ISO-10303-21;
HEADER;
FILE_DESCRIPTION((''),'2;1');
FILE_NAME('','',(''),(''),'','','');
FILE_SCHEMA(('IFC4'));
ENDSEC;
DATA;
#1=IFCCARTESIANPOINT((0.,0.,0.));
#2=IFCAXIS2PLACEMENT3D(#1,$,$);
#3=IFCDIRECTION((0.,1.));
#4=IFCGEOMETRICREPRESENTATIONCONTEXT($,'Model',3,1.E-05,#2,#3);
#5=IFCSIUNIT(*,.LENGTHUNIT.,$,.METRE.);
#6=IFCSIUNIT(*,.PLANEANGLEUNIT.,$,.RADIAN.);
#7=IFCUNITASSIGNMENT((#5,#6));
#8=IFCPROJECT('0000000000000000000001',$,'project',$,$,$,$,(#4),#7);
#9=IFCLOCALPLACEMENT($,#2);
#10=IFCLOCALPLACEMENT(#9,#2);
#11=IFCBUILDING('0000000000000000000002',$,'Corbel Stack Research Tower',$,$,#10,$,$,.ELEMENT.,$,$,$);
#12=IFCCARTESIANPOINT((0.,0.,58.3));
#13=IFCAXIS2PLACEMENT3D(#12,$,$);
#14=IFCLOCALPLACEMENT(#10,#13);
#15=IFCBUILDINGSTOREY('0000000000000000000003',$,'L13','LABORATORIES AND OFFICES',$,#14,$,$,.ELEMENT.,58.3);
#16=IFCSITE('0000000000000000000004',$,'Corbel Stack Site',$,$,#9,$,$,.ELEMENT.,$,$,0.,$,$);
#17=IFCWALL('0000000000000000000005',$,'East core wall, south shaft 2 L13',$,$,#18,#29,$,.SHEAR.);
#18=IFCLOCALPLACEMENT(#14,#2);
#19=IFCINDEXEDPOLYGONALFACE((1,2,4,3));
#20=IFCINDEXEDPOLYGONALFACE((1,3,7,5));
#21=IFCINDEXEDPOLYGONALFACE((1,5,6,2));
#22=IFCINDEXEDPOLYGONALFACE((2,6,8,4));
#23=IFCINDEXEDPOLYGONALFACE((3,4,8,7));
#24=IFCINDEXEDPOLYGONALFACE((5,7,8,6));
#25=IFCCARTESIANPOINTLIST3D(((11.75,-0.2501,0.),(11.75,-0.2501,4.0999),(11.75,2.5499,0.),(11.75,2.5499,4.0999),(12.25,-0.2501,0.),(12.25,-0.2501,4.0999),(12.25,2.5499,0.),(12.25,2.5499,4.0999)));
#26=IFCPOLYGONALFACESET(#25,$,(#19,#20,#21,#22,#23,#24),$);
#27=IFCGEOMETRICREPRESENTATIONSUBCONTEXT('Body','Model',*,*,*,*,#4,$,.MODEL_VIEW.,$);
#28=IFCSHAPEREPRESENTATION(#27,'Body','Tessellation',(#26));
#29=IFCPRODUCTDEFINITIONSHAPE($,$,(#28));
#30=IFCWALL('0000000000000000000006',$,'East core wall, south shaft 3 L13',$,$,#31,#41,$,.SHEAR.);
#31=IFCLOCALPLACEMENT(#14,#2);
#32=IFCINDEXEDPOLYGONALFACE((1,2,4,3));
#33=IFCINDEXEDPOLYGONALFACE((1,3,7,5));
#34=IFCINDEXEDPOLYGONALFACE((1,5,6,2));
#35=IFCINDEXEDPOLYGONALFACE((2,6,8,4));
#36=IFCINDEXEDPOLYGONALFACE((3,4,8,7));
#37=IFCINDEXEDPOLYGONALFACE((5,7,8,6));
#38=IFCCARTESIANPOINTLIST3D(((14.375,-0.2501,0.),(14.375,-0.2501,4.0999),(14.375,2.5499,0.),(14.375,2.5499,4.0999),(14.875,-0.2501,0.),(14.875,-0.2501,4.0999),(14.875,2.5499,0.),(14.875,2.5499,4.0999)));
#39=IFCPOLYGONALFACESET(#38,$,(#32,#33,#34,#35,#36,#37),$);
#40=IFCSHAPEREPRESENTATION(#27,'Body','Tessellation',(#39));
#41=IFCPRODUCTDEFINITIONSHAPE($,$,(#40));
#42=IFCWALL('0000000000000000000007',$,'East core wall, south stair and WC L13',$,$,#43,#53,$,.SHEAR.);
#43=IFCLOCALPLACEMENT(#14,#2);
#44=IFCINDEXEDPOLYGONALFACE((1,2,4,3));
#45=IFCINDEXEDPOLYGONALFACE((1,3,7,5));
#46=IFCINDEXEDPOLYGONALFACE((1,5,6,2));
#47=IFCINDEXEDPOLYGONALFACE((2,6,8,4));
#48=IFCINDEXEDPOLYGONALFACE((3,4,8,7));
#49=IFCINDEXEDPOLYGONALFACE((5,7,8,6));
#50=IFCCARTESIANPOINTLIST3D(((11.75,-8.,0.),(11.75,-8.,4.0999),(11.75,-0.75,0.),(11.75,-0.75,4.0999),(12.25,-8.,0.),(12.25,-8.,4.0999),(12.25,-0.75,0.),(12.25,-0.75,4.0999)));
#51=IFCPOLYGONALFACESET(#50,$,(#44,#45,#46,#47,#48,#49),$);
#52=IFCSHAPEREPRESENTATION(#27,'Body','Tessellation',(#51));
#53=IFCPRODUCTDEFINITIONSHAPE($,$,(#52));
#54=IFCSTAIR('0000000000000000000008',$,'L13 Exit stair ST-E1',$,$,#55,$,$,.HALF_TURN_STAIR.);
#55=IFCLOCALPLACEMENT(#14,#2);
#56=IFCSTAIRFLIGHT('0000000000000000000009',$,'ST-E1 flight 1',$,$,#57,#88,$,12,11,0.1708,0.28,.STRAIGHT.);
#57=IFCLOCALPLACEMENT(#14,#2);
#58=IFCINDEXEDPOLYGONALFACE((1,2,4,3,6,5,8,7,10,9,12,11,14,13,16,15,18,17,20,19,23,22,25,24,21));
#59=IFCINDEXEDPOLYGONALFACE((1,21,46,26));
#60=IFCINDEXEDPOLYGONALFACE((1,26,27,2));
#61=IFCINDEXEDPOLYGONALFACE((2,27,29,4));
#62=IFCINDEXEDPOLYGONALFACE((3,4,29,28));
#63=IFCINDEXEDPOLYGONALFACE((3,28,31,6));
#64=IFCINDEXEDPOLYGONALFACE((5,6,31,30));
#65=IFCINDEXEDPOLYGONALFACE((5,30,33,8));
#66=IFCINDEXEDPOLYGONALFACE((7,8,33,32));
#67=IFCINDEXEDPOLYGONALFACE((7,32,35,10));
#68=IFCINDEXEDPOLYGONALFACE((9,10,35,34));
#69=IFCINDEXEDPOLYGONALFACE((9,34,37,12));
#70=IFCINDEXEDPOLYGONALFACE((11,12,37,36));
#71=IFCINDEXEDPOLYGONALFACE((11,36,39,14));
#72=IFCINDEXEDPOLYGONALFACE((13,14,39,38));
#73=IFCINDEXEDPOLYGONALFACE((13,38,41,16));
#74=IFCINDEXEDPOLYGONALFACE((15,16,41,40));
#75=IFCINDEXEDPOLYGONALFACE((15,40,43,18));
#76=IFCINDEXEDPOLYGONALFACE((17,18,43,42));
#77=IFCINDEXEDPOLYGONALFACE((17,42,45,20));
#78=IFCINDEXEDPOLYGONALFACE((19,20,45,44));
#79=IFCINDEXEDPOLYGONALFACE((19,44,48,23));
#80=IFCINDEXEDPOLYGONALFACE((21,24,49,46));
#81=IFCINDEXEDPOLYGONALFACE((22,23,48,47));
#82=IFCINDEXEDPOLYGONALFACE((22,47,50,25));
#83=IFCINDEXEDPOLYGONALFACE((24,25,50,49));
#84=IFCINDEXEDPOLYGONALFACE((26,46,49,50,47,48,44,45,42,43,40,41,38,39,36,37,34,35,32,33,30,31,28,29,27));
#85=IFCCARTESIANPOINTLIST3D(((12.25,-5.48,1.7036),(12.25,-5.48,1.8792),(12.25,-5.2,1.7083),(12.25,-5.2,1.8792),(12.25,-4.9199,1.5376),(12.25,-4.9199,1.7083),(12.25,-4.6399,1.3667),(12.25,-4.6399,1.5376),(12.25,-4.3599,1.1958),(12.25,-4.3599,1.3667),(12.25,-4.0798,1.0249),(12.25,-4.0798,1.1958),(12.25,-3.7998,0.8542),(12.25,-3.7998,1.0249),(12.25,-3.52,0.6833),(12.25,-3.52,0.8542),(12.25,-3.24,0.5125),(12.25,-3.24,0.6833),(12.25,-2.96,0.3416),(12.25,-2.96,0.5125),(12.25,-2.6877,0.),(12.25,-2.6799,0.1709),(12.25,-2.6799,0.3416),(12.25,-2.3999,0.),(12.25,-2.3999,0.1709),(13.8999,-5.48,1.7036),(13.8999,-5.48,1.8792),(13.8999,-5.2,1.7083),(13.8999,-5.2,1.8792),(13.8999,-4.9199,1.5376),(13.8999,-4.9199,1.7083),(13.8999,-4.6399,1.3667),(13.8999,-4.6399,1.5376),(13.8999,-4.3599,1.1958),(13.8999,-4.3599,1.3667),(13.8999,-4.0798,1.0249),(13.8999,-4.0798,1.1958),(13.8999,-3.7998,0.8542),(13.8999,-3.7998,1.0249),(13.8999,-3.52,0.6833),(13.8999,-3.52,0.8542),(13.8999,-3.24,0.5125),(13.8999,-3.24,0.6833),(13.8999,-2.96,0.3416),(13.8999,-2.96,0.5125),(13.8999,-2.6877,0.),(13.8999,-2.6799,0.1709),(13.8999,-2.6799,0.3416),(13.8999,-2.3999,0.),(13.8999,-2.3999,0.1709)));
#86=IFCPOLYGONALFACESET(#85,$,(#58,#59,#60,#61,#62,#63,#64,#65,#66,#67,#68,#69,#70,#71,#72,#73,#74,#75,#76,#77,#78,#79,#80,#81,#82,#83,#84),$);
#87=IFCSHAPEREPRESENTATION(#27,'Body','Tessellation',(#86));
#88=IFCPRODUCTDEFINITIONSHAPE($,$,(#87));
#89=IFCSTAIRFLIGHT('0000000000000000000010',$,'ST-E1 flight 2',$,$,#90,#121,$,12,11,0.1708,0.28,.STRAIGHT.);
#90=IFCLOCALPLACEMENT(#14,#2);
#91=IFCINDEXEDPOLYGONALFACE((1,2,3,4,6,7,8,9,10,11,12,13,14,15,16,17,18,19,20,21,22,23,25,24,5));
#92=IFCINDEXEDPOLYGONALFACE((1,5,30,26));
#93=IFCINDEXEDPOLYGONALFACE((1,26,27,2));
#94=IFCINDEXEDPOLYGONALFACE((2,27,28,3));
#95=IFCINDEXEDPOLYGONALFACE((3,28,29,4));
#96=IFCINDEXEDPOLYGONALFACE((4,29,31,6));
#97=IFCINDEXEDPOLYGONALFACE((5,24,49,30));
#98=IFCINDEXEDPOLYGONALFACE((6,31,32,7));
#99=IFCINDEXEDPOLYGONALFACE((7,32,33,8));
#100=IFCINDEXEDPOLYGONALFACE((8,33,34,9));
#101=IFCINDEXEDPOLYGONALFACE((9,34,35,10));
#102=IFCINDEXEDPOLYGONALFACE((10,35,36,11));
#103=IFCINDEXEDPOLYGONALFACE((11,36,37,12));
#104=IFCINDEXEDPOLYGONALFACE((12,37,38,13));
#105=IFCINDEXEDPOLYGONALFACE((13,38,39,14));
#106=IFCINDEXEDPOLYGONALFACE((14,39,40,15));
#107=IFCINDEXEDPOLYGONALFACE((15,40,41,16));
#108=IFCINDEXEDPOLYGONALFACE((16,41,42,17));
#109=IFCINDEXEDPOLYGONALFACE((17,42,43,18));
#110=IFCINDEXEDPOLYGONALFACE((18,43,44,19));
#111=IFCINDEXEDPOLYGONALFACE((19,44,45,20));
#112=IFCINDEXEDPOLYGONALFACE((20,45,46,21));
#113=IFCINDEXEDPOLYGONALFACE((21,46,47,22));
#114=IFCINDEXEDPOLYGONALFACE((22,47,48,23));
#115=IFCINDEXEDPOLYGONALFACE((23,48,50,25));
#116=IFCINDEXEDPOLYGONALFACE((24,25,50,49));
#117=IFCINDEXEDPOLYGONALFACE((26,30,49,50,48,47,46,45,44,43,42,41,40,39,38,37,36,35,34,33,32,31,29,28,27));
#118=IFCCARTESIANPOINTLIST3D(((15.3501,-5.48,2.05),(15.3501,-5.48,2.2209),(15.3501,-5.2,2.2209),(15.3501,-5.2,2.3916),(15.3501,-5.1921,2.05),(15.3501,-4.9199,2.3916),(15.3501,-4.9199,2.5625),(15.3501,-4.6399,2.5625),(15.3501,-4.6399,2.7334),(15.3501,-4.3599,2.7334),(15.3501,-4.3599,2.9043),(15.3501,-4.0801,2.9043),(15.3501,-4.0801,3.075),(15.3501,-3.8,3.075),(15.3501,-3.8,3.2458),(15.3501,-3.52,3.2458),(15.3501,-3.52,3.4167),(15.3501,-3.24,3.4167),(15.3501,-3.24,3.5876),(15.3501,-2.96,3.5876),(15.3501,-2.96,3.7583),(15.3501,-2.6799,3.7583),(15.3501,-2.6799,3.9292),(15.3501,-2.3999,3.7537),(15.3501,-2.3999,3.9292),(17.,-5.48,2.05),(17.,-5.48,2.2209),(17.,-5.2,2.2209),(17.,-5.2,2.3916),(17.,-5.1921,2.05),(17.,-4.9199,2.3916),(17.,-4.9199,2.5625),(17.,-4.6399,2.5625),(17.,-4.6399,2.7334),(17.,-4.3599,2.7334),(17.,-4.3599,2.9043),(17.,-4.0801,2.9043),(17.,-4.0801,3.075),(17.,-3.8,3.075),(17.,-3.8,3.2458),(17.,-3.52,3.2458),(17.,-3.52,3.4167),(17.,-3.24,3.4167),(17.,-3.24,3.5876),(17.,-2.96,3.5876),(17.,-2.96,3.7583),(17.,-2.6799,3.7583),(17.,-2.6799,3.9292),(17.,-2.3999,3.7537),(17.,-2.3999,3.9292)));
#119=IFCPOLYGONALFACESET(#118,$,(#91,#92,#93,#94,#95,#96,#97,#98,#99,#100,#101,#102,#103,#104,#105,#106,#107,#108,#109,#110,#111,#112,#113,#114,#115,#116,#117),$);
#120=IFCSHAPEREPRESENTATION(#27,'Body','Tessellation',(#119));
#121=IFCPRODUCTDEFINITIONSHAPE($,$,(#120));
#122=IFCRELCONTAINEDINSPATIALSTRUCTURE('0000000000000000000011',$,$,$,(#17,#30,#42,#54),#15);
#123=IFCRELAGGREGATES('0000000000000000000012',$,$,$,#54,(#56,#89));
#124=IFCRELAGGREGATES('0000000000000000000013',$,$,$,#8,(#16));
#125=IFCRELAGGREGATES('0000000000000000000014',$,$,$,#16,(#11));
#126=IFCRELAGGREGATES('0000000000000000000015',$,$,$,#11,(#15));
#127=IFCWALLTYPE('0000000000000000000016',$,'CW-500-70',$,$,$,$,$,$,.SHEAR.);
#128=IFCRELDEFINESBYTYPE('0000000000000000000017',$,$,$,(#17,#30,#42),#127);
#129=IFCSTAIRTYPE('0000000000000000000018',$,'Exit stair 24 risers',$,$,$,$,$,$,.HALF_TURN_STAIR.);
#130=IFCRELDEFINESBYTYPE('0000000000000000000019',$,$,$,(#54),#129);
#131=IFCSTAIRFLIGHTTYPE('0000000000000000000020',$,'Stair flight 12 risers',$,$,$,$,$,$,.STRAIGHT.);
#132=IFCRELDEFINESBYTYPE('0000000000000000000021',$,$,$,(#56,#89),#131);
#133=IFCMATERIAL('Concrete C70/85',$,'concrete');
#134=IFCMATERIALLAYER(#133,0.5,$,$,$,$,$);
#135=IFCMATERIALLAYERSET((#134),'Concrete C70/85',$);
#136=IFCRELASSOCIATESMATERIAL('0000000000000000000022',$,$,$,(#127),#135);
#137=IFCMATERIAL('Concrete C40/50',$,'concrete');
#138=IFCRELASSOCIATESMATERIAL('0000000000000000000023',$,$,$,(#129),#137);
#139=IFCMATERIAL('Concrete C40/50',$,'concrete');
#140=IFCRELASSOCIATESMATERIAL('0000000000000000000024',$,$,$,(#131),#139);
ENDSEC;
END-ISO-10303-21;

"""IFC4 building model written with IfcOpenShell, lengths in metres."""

from ifc_helpers import new_model, si_unit, direction, frame, frame_2d, origin, place, context, subcontext, project, spatial, polyline, rectangle, outline, extrude, material, layer, layer_set, type_object, element, aggregate, save


model = new_model("IFC4")

# Units and contexts
model_context = context("Model", 3, precision=1e-05, world=origin(), true_north=direction((0.0, 1.0)))
body_context = subcontext(model_context, "Body", "Model", "MODEL_VIEW")
ifc_project = project(units=[si_unit("LENGTHUNIT", "METRE"), si_unit("PLANEANGLEUNIT", "RADIAN")], contexts=[model_context])

# Site, building, storey
site_placement = place(None, origin())
site = spatial("IfcSite", under=ifc_project, at=site_placement, Name="Corbel Stack Site", CompositionType="ELEMENT", RefElevation=0.0)
building_placement = place(site_placement, origin())
building = spatial("IfcBuilding", under=site, at=building_placement, Name="Corbel Stack Research Tower", CompositionType="ELEMENT")
storey_placement = place(building_placement, frame((0.0, 0.0, 58.3)))
storey = spatial("IfcBuildingStorey", under=building, at=storey_placement, Name="L13", Description="LABORATORIES AND OFFICES", CompositionType="ELEMENT", Elevation=58.3)

# Walls
ifc_material_1 = material(Name="Concrete C70/85", Category="concrete")
ifc_layer_1 = layer(ifc_material_1, 0.5)
ifc_layer_set_1 = layer_set([ifc_layer_1], Name="Concrete C70/85")
wall_type_1 = type_object("IfcWallType", Name="CW-500-70", PredefinedType="SHEAR", material=ifc_layer_set_1)
for number, where, z_axis, x_axis, name in (
    (1, (12.0, -0.25, 0.0), (0.0, 0.0, 1.0), (0.0, 1.0, 0.0), "East core wall, south shaft 2 L13"),
    (2, (14.625, -0.25, 0.0), (0.0, 0.0, 1.0), (0.0, 1.0, 0.0), "East core wall, south shaft 3 L13"),
):
    element("IfcWall", number, at=place(storey_placement, frame(where, z_axis=z_axis, x_axis=x_axis)), inside=storey, type_object=wall_type_1, Name=name, PredefinedType="SHEAR", context=body_context, shape_type="SweptSolid", body=[
        extrude(rectangle(XDim=2.8, YDim=0.5, at=frame_2d((1.3999, 0.0))), origin(), (0.0, 0.0, 1.0), 4.0999),
    ])
wall_1_placement = place(storey_placement, frame((12.0, -8.0, 0.0), z_axis=(0.0, 0.0, 1.0), x_axis=(0.0, 1.0, 0.0)))
element("IfcWall", 3, at=wall_1_placement, inside=storey, type_object=wall_type_1, Name="East core wall, south stair and WC L13", PredefinedType="SHEAR", context=body_context, shape_type="SweptSolid", body=[
    extrude(rectangle(XDim=7.25, YDim=0.5, at=frame_2d((3.625, 0.0))), origin(), (0.0, 0.0, 1.0), 4.0999),
])

# Stair, stair flights
ifc_material_2 = material(Name="Concrete C40/50", Category="concrete")
stair_type = type_object("IfcStairType", Name="Exit stair 24 risers", PredefinedType="HALF_TURN_STAIR", material=ifc_material_2)
stair_placement = place(storey_placement, origin())
stair = element("IfcStair", 4, at=stair_placement, inside=storey, type_object=stair_type, Name="L13 Exit stair ST-E1", PredefinedType="HALF_TURN_STAIR")
ifc_material_3 = material(Name="Concrete C40/50", Category="concrete")
stair_flight_type = type_object("IfcStairFlightType", Name="Stair flight 12 risers", PredefinedType="STRAIGHT", material=ifc_material_3)
stair_flight_1_placement = place(storey_placement, frame((13.075, -2.3999, 0.0), z_axis=(0.0, 0.0, 1.0), x_axis=(0.0, -1.0, 0.0)))
stair_flight_1 = element("IfcStairFlight", 5, at=stair_flight_1_placement, type_object=stair_flight_type, Name="ST-E1 flight 1", NumberOfRisers=12, NumberOfTreads=11, PredefinedType="STRAIGHT", RiserHeight=0.1708, TreadLength=0.28, context=body_context, shape_type="SweptSolid", body=[
    extrude(outline(polyline([(0.0, 0.0), (0.0, 0.1709), (0.28, 0.1709), (0.28, 0.3416), (0.5601, 0.3416), (0.5601, 0.5125), (0.8401, 0.5125), (0.8401, 0.6833), (1.1201, 0.6833), (1.1201, 0.8542), (1.3999, 0.8542), (1.3999, 1.0249), (1.6799, 1.0249), (1.6799, 1.1958), (1.96, 1.1958), (1.96, 1.3667), (2.24, 1.3667), (2.24, 1.5376), (2.52, 1.5376), (2.52, 1.7083), (2.8, 1.7083), (2.8, 1.8792), (3.0801, 1.8792), (3.0801, 2.05), (3.0801, 1.7036), (0.2878, 0.0), (0.0, 0.0)])), frame((0.0, 0.825, 0.0), z_axis=(0.0, -1.0, 0.0), x_axis=(1.0, 0.0, 0.0)), (0.0, 0.0, 1.0), 1.6499),
])
stair_flight_2_placement = place(storey_placement, frame((16.175, -5.48, 2.05), z_axis=(0.0, 0.0, 1.0), x_axis=(0.0, 1.0, 0.0)))
stair_flight_2 = element("IfcStairFlight", 6, at=stair_flight_2_placement, type_object=stair_flight_type, Name="ST-E1 flight 2", NumberOfRisers=12, NumberOfTreads=11, PredefinedType="STRAIGHT", RiserHeight=0.1708, TreadLength=0.28, context=body_context, shape_type="SweptSolid", body=[
    extrude(outline(polyline([(0.0, 0.0), (0.0, 0.1709), (0.28, 0.1709), (0.28, 0.3416), (0.5601, 0.3416), (0.5601, 0.5125), (0.8401, 0.5125), (0.8401, 0.6833), (1.1201, 0.6833), (1.1201, 0.8542), (1.3999, 0.8542), (1.3999, 1.0249), (1.6799, 1.0249), (1.6799, 1.1958), (1.96, 1.1958), (1.96, 1.3667), (2.24, 1.3667), (2.24, 1.5376), (2.52, 1.5376), (2.52, 1.7083), (2.8, 1.7083), (2.8, 1.8792), (3.0801, 1.8792), (3.0801, 2.05), (3.0801, 1.7036), (0.2878, 0.0), (0.0, 0.0)])), frame((0.0, 0.825, 0.0), z_axis=(0.0, -1.0, 0.0), x_axis=(1.0, 0.0, 0.0)), (0.0, 0.0, 1.0), 1.6499),
])
aggregate(stair, [stair_flight_1, stair_flight_2])

save(model, "model.ifc")
